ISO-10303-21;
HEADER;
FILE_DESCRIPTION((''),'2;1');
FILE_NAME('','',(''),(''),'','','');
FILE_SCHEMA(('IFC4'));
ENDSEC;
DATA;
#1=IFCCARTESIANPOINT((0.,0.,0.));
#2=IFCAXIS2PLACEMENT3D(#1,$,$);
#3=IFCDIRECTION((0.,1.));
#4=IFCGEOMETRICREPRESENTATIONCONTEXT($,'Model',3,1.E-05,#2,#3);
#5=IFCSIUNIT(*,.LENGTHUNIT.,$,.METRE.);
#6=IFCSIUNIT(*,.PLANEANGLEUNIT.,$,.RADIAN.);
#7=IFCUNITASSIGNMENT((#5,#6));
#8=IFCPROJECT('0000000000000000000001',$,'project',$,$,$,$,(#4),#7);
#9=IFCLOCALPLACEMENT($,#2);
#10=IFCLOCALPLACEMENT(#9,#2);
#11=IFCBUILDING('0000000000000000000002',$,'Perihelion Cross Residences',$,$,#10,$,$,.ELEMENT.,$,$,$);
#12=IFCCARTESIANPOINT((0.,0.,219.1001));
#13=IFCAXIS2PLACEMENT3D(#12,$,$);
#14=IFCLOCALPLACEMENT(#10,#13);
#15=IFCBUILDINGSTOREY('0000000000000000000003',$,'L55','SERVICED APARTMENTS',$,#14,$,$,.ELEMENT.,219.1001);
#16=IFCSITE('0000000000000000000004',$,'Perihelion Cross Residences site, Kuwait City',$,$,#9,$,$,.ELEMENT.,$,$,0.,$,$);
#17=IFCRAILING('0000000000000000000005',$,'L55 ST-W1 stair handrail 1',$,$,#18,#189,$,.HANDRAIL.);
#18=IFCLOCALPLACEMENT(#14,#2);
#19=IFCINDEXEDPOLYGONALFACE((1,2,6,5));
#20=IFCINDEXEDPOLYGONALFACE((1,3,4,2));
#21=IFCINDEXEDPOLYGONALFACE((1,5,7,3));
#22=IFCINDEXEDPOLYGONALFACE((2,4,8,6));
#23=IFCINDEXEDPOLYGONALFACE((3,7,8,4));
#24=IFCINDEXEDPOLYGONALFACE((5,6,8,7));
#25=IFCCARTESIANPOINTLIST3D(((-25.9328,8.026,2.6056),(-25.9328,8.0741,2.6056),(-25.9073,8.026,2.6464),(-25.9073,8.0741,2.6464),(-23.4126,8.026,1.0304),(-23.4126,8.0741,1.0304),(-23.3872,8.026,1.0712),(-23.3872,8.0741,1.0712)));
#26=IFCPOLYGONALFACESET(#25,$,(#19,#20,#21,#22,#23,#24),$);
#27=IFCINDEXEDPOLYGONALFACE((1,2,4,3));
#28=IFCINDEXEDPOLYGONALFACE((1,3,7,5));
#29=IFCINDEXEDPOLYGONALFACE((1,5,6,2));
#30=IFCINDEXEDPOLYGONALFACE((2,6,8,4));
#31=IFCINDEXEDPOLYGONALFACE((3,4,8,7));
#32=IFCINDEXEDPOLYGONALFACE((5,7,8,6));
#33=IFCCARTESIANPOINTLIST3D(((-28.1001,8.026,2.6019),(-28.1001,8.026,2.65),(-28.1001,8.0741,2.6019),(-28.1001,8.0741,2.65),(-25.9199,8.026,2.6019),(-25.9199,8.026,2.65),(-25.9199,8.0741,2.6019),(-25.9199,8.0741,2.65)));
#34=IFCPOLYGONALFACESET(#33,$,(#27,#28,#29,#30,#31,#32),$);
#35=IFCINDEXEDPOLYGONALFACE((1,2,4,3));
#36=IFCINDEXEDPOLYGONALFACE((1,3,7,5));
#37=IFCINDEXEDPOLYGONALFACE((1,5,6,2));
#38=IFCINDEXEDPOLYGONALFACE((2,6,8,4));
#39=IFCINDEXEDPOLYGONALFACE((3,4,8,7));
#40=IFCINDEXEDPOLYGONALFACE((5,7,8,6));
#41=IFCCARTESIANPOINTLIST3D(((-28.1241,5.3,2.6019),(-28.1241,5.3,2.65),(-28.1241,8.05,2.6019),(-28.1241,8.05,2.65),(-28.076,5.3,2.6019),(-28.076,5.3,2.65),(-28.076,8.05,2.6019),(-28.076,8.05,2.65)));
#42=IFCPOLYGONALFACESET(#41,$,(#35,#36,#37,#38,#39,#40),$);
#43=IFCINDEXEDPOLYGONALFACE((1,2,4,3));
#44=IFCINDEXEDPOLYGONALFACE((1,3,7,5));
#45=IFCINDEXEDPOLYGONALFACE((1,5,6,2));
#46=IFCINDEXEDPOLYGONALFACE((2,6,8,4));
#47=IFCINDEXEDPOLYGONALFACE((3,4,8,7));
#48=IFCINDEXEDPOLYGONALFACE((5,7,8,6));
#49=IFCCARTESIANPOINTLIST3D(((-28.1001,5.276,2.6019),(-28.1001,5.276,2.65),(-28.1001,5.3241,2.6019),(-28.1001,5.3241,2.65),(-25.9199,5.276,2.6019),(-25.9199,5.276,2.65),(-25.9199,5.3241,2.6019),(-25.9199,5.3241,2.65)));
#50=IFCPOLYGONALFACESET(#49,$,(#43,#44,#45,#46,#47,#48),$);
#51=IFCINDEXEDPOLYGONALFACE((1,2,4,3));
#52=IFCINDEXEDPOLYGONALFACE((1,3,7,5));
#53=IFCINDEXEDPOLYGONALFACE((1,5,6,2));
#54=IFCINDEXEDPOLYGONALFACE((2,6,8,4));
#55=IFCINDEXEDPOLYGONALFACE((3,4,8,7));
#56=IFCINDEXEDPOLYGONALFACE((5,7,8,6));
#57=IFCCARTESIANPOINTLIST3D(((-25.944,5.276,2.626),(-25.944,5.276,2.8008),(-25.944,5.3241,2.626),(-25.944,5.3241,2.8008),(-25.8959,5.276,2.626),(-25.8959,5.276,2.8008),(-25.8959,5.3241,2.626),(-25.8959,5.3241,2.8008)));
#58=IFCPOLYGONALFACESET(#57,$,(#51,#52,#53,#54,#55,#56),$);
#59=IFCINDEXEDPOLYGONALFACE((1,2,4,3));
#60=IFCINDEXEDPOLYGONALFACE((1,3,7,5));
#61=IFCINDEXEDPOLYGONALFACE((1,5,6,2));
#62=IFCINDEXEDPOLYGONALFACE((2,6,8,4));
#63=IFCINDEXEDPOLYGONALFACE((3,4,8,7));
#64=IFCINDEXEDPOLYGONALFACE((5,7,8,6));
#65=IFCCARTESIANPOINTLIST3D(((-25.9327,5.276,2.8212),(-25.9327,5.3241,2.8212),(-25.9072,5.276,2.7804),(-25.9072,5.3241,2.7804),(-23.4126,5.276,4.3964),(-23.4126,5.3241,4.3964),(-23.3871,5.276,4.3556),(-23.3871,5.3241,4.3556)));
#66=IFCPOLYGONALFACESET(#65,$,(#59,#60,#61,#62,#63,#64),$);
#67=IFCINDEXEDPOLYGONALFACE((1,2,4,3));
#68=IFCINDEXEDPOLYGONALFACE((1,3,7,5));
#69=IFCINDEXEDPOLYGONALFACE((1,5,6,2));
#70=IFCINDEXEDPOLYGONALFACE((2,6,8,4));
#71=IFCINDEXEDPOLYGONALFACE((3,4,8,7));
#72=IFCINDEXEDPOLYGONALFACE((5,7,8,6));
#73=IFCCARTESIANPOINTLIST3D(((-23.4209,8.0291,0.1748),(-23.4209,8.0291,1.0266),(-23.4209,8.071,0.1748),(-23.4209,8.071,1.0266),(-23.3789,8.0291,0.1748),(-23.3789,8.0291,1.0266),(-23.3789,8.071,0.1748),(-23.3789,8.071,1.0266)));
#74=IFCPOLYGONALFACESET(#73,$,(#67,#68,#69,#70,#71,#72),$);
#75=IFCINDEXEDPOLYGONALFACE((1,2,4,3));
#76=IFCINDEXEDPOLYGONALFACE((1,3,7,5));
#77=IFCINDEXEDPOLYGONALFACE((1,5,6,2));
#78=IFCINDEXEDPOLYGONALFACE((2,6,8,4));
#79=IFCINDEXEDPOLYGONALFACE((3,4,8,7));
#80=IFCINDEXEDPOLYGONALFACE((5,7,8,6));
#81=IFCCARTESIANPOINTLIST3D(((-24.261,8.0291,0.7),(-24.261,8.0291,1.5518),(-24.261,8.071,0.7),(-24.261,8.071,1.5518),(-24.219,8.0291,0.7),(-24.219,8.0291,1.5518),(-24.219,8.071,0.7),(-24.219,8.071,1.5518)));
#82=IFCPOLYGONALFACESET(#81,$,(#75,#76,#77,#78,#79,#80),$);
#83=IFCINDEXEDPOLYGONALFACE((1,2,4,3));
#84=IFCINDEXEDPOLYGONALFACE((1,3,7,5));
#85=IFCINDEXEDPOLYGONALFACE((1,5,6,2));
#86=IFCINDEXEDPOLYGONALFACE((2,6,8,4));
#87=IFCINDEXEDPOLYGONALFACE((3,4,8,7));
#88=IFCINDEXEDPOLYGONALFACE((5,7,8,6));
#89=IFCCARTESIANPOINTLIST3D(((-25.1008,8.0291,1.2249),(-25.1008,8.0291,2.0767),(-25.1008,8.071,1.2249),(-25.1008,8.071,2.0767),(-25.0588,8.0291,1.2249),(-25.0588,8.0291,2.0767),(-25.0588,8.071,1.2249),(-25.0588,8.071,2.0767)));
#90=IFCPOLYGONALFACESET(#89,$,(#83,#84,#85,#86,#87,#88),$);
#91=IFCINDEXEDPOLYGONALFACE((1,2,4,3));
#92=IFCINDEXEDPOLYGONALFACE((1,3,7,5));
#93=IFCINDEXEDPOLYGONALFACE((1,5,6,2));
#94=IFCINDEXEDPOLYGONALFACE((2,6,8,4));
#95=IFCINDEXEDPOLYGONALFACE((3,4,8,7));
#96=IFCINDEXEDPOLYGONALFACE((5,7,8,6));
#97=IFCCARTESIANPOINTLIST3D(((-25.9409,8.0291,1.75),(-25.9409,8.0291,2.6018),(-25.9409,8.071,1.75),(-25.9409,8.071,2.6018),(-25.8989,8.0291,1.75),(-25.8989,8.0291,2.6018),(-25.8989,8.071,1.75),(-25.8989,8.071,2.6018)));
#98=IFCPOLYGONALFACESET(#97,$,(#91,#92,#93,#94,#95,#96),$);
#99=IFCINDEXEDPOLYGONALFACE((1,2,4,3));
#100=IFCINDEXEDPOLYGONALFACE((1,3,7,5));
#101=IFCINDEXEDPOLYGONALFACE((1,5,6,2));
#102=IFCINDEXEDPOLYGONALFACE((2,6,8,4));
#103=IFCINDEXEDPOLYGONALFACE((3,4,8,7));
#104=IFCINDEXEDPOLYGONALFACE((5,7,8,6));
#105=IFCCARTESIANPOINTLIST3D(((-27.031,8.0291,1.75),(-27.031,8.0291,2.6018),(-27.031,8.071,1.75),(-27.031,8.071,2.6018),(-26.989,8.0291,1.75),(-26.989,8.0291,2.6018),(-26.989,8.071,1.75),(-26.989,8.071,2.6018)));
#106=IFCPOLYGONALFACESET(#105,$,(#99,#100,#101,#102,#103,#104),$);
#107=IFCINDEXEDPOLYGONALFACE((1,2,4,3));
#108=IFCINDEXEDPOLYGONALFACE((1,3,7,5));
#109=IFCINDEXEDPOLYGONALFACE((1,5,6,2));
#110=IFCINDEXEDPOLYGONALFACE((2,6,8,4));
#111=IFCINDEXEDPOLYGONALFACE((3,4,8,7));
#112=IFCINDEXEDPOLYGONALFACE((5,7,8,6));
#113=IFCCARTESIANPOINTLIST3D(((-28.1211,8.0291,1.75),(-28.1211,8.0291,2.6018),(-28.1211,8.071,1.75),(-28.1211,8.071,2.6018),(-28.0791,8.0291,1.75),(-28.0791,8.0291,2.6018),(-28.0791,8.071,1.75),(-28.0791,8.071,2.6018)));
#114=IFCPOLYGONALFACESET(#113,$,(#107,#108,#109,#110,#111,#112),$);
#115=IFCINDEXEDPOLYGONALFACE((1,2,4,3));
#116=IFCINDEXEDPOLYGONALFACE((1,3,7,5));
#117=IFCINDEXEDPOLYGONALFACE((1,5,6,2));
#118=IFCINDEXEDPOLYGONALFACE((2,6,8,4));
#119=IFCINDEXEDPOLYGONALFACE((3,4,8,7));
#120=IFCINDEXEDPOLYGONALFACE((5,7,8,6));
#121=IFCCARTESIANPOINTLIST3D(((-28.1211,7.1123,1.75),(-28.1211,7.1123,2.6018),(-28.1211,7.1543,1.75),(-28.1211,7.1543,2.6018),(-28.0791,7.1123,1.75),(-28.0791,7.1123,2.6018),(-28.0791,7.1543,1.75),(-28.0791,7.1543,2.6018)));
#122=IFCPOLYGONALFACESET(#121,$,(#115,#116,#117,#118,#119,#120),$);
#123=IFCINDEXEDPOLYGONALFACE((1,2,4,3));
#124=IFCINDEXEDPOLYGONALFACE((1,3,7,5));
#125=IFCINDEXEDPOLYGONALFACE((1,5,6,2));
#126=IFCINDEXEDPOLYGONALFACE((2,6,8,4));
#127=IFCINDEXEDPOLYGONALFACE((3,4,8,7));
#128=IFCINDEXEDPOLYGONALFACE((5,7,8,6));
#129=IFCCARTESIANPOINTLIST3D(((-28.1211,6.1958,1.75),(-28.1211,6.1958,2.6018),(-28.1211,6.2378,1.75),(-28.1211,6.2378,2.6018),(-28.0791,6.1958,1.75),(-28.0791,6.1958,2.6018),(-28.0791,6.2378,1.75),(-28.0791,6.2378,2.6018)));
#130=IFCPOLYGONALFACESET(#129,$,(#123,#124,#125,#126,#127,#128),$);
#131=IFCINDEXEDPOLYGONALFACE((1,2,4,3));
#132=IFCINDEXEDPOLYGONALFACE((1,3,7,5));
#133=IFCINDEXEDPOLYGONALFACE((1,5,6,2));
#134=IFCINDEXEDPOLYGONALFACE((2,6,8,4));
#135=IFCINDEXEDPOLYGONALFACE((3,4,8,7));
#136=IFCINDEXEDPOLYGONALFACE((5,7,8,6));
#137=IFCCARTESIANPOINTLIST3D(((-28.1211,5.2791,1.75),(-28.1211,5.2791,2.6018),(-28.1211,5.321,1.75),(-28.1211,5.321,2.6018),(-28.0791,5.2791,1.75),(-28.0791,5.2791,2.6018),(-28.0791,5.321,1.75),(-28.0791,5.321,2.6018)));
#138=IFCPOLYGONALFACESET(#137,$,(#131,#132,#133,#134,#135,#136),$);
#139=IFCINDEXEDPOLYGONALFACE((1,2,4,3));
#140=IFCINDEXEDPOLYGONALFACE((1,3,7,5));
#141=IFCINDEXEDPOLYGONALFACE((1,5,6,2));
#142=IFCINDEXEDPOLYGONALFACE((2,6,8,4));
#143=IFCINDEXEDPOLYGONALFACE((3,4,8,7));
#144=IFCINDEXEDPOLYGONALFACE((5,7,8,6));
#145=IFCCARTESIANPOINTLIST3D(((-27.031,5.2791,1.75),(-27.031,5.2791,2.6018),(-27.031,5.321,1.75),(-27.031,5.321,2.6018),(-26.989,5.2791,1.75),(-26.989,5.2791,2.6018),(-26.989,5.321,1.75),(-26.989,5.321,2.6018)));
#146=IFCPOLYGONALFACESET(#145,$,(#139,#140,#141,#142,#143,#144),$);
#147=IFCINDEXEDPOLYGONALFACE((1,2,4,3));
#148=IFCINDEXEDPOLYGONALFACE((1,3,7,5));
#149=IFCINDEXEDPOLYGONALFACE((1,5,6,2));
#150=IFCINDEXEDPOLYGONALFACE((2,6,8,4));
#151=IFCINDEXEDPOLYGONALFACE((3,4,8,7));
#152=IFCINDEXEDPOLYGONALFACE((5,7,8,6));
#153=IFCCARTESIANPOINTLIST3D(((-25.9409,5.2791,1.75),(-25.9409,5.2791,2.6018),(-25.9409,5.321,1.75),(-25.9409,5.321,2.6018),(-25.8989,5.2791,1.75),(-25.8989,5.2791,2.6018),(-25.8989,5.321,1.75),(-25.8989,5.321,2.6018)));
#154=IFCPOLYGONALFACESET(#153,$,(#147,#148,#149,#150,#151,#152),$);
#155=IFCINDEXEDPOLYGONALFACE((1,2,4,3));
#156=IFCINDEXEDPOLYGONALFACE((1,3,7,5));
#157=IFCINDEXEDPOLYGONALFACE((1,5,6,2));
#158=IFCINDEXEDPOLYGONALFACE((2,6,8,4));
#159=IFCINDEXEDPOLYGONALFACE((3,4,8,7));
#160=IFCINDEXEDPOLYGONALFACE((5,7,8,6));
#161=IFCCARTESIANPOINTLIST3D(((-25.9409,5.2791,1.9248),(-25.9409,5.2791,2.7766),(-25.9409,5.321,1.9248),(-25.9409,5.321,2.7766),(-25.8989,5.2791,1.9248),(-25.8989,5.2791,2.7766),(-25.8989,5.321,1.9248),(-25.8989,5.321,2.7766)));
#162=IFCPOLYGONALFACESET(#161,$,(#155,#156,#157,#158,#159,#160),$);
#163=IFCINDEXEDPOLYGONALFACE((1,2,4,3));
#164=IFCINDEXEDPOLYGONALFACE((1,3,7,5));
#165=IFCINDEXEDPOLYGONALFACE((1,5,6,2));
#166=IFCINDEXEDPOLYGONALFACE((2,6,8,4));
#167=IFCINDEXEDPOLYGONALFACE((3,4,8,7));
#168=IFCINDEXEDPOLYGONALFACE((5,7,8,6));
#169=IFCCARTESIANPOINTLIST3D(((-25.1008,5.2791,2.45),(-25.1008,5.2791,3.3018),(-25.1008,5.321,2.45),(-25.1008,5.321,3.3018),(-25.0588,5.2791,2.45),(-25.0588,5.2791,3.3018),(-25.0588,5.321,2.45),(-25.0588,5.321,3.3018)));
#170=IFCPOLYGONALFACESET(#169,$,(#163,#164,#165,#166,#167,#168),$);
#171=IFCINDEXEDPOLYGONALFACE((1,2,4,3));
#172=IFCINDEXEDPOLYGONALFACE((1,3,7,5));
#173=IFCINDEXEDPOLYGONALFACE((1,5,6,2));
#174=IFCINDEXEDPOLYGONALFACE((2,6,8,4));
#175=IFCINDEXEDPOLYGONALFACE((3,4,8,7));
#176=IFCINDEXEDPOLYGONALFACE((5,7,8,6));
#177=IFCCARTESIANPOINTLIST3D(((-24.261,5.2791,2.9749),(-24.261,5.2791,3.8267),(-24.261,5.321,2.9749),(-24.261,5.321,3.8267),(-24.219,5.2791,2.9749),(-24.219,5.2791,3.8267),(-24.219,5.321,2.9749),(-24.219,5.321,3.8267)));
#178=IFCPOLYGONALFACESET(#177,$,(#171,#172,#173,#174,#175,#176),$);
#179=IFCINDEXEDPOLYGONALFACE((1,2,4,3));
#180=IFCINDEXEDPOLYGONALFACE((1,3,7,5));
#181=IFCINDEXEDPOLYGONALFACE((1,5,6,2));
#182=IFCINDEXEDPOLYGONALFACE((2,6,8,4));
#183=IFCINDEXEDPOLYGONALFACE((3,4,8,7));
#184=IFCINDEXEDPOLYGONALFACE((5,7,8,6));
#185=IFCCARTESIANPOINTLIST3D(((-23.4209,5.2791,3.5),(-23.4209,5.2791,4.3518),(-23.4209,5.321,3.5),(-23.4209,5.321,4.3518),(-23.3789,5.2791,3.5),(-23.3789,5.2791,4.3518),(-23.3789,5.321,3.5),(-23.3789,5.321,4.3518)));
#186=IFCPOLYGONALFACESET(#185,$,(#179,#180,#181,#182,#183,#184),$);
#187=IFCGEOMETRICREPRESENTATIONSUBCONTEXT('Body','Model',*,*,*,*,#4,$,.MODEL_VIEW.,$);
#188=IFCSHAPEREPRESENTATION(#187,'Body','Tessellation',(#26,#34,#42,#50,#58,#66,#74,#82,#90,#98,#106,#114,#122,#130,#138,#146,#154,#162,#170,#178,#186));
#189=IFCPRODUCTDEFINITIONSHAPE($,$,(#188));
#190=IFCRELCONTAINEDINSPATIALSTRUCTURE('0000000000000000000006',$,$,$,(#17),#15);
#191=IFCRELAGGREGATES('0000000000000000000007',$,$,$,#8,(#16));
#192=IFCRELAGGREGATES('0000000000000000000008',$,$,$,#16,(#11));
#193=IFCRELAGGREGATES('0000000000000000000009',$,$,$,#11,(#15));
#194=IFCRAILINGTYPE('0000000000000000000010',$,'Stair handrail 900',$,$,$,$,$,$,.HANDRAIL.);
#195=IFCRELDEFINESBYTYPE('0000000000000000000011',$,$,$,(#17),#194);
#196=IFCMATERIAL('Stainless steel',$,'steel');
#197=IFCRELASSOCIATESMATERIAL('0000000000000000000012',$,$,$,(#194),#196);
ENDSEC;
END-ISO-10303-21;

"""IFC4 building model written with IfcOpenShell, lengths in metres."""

from ifc_helpers import new_model, si_unit, direction, frame, origin, origin_2d, place, context, subcontext, project, spatial, rectangle, extrude, material, type_object, element, save


model = new_model("IFC4")

# Units and contexts
model_context = context("Model", 3, precision=1e-05, world=origin(), true_north=direction((0.0, 1.0)))
body_context = subcontext(model_context, "Body", "Model", "MODEL_VIEW")
ifc_project = project(units=[si_unit("LENGTHUNIT", "METRE"), si_unit("PLANEANGLEUNIT", "RADIAN")], contexts=[model_context])

# Site, building, storey
site_placement = place(None, origin())
site = spatial("IfcSite", under=ifc_project, at=site_placement, Name="Perihelion Cross Residences site, Kuwait City", CompositionType="ELEMENT", RefElevation=0.0)
building_placement = place(site_placement, origin())
building = spatial("IfcBuilding", under=site, at=building_placement, Name="Perihelion Cross Residences", CompositionType="ELEMENT")
storey_placement = place(building_placement, frame((0.0, 0.0, 219.1001)))
storey = spatial("IfcBuildingStorey", under=building, at=storey_placement, Name="L55", Description="SERVICED APARTMENTS", CompositionType="ELEMENT", Elevation=219.1001)

# Railing
ifc_material_1 = material(Name="Stainless steel", Category="steel")
railing_type_1 = type_object("IfcRailingType", Name="Stair handrail 900", PredefinedType="HANDRAIL", material=ifc_material_1)
railing_1_placement = place(storey_placement, frame((-23.3999, 8.05, 0.1748)))
element("IfcRailing", 1, at=railing_1_placement, inside=storey, type_object=railing_type_1, Name="L55 ST-W1 stair handrail 1", PredefinedType="HANDRAIL", context=body_context, shape_type="SweptSolid", body=[
    extrude(rectangle(XDim=0.0481, YDim=0.0481, at=origin_2d()), frame((0.0, 0.0, 0.876), z_axis=(-0.847971, 0.0, 0.530043), x_axis=(0.0, -1.0, 0.0)), (0.0, 0.0, 1.0), 2.9719),
    extrude(rectangle(XDim=0.0481, YDim=0.0481, at=origin_2d()), frame((-2.52, 0.0, 2.4512), z_axis=(-1.0, 0.0, 0.0), x_axis=(0.0, -1.0, 0.0)), (0.0, 0.0, 1.0), 2.1802),
    extrude(rectangle(XDim=0.0481, YDim=0.0481, at=origin_2d()), frame((-4.7002, 0.0, 2.4512), z_axis=(0.0, -1.0, 0.0), x_axis=(1.0, 0.0, 0.0)), (0.0, 0.0, 1.0), 2.75),
    extrude(rectangle(XDim=0.0481, YDim=0.0481, at=origin_2d()), frame((-4.7002, -2.75, 2.4512), z_axis=(1.0, 0.0, 0.0), x_axis=(0.0, 1.0, 0.0)), (0.0, 0.0, 1.0), 2.1802),
    extrude(rectangle(XDim=0.0481, YDim=0.0481, at=origin_2d()), frame((-2.52, -2.75, 2.4512), z_axis=(0.0, 0.0, 1.0), x_axis=(1.0, 0.0, 0.0)), (0.0, 0.0, 1.0), 0.1748),
    extrude(rectangle(XDim=0.0481, YDim=0.0481, at=origin_2d()), frame((-2.52, -2.75, 2.626), z_axis=(0.847971, 0.0, 0.530043), x_axis=(0.0, 1.0, 0.0)), (0.0, 0.0, 1.0), 2.9719),
    extrude(rectangle(XDim=0.042, YDim=0.042, at=origin_2d()), origin(), (0.0, 0.0, 1.0), 0.8518),
    extrude(rectangle(XDim=0.042, YDim=0.042, at=origin_2d()), frame((-0.8401, 0.0, 0.5251)), (0.0, 0.0, 1.0), 0.8518),
    extrude(rectangle(XDim=0.042, YDim=0.042, at=origin_2d()), frame((-1.6799, 0.0, 1.05)), (0.0, 0.0, 1.0), 0.8518),
    extrude(rectangle(XDim=0.042, YDim=0.042, at=origin_2d()), frame((-2.52, 0.0, 1.5752)), (0.0, 0.0, 1.0), 0.8518),
    extrude(rectangle(XDim=0.042, YDim=0.042, at=origin_2d()), frame((-3.6101, 0.0, 1.5752)), (0.0, 0.0, 1.0), 0.8518),
    extrude(rectangle(XDim=0.042, YDim=0.042, at=origin_2d()), frame((-4.7002, 0.0, 1.5752)), (0.0, 0.0, 1.0), 0.8518),
    extrude(rectangle(XDim=0.042, YDim=0.042, at=origin_2d()), frame((-4.7002, -0.9167, 1.5752)), (0.0, 0.0, 1.0), 0.8518),
    extrude(rectangle(XDim=0.042, YDim=0.042, at=origin_2d()), frame((-4.7002, -1.8333, 1.5752)), (0.0, 0.0, 1.0), 0.8518),
    extrude(rectangle(XDim=0.042, YDim=0.042, at=origin_2d()), frame((-4.7002, -2.75, 1.5752)), (0.0, 0.0, 1.0), 0.8518),
    extrude(rectangle(XDim=0.042, YDim=0.042, at=origin_2d()), frame((-3.6101, -2.75, 1.5752)), (0.0, 0.0, 1.0), 0.8518),
    extrude(rectangle(XDim=0.042, YDim=0.042, at=origin_2d()), frame((-2.52, -2.75, 1.5752)), (0.0, 0.0, 1.0), 0.8518),
    extrude(rectangle(XDim=0.042, YDim=0.042, at=origin_2d()), frame((-2.52, -2.75, 1.75)), (0.0, 0.0, 1.0), 0.8518),
    extrude(rectangle(XDim=0.042, YDim=0.042, at=origin_2d()), frame((-1.6799, -2.75, 2.2751)), (0.0, 0.0, 1.0), 0.8518),
    extrude(rectangle(XDim=0.042, YDim=0.042, at=origin_2d()), frame((-0.8401, -2.75, 2.8)), (0.0, 0.0, 1.0), 0.8518),
    extrude(rectangle(XDim=0.042, YDim=0.042, at=origin_2d()), frame((0.0, -2.75, 3.3252)), (0.0, 0.0, 1.0), 0.8518),
])

save(model, "model.ifc")
